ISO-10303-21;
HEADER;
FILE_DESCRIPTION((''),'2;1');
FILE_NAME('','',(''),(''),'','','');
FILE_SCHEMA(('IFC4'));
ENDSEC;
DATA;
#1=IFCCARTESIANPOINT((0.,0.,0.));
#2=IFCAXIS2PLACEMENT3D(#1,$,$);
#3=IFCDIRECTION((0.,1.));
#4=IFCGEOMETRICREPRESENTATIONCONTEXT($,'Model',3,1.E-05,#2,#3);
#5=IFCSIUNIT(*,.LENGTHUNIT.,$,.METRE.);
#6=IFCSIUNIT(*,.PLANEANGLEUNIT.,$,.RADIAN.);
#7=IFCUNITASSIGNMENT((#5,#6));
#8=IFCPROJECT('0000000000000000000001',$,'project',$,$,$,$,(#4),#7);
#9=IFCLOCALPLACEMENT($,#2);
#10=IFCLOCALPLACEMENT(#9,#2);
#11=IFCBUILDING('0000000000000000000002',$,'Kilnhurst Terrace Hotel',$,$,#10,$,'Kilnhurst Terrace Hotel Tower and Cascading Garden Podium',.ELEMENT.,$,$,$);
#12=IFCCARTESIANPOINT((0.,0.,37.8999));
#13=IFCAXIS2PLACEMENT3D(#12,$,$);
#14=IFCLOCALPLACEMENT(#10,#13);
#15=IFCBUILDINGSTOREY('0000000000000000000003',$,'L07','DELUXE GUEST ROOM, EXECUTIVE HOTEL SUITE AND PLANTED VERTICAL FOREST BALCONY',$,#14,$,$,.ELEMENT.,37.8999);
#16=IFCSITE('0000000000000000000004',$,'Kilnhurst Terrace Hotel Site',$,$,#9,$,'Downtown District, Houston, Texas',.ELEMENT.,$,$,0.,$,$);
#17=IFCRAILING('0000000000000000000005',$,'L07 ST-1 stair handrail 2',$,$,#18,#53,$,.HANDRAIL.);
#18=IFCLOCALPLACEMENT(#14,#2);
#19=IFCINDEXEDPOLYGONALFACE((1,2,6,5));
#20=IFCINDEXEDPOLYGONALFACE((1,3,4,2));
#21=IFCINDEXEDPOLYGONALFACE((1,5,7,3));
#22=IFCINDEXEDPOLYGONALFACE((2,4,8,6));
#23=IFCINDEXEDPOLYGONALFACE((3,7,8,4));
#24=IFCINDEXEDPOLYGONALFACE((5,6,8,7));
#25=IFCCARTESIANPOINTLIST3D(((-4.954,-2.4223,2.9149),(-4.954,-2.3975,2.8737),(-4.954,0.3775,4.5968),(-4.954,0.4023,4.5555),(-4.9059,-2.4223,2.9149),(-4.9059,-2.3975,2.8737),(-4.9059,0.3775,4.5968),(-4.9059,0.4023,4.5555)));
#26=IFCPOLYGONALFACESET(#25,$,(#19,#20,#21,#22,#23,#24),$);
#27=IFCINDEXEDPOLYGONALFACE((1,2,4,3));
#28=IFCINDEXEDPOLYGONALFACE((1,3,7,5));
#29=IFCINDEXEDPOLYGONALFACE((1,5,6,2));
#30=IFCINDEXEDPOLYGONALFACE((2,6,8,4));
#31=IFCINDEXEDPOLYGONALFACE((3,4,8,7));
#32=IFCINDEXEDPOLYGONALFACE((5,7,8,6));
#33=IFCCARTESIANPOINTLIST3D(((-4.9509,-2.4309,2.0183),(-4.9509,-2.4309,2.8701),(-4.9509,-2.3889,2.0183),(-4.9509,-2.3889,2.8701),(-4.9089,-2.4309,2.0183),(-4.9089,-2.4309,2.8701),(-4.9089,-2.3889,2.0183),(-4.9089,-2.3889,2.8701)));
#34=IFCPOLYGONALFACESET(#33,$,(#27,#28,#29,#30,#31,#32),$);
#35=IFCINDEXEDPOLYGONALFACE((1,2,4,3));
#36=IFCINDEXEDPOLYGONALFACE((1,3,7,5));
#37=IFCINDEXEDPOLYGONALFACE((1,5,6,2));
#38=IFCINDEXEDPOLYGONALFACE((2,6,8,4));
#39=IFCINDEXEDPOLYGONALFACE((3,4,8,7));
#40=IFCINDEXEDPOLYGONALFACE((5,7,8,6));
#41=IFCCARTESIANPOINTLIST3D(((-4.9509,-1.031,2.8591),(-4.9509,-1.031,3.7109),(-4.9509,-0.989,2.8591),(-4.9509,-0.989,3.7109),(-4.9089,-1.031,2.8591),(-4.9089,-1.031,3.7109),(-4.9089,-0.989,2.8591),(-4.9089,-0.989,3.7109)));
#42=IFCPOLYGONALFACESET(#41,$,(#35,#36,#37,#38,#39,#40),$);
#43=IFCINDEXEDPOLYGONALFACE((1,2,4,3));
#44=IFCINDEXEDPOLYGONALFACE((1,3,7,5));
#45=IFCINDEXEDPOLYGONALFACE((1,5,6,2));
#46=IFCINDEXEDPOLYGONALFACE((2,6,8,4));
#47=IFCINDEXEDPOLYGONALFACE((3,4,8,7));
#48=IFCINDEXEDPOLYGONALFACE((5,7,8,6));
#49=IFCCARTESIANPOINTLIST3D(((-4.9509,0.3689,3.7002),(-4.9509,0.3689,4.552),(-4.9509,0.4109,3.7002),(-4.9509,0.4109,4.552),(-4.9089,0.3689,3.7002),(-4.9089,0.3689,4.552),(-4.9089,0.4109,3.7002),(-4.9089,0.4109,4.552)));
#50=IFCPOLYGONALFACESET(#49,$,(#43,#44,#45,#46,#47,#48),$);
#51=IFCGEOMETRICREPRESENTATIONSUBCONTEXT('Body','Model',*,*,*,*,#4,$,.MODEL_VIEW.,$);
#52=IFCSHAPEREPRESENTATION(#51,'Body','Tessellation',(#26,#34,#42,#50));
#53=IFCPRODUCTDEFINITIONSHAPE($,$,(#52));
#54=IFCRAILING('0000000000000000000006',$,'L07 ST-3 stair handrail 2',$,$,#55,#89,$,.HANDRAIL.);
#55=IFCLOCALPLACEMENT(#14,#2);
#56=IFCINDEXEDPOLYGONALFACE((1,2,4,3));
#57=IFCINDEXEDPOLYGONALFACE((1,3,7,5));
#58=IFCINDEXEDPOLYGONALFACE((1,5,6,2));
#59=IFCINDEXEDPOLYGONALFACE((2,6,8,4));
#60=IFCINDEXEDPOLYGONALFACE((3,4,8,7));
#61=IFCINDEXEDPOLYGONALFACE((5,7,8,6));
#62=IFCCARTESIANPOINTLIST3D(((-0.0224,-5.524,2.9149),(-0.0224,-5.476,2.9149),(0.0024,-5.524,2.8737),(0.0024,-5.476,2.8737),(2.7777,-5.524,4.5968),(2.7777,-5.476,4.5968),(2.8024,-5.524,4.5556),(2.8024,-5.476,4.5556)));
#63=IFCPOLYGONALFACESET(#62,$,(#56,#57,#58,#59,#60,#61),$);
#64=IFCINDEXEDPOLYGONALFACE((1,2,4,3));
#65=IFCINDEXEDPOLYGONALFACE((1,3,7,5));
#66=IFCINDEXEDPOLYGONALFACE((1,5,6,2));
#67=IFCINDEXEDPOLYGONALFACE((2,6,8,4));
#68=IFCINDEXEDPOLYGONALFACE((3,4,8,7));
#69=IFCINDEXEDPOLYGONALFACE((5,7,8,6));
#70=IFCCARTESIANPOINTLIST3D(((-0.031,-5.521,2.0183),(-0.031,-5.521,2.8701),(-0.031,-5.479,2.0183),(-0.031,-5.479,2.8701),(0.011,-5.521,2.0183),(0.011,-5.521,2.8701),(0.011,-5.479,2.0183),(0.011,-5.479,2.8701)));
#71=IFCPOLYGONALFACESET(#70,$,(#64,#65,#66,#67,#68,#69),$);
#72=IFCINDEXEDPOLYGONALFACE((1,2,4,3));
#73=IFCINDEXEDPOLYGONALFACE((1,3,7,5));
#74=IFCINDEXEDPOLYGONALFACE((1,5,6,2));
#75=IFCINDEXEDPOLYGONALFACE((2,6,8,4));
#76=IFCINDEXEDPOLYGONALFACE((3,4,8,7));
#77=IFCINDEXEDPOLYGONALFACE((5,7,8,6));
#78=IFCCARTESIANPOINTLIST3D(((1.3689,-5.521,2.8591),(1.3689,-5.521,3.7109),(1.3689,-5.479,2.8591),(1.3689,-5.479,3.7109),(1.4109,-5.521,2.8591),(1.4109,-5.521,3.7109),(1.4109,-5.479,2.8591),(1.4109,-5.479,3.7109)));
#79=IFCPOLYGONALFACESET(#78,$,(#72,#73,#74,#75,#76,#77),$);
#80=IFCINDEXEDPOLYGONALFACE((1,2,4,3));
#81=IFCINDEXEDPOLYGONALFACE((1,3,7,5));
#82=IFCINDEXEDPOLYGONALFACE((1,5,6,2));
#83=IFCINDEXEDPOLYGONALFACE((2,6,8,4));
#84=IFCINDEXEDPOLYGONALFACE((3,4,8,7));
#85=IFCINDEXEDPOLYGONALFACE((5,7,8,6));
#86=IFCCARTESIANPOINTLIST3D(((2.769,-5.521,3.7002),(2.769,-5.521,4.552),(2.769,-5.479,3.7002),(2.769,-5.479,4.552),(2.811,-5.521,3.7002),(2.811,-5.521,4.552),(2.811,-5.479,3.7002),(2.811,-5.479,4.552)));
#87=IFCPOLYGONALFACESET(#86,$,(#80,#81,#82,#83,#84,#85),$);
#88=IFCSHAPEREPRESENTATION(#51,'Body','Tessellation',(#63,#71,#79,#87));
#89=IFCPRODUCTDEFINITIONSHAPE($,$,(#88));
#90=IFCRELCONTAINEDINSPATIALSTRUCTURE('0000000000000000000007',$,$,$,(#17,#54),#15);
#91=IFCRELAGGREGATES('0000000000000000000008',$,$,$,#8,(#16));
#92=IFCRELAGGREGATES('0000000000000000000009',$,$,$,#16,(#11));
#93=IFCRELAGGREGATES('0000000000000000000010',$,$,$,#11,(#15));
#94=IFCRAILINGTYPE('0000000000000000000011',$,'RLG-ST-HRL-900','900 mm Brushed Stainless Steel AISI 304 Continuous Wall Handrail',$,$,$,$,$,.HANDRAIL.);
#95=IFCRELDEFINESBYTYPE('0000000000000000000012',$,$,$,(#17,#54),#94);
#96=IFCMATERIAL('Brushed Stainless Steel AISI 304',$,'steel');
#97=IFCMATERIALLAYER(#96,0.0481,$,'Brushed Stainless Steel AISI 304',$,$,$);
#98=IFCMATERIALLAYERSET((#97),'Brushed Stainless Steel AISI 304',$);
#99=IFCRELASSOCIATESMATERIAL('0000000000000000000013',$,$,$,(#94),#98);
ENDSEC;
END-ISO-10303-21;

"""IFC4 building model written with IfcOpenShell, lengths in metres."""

from ifc_helpers import new_model, si_unit, direction, frame, origin, origin_2d, place, context, subcontext, project, spatial, rectangle, extrude, material, layer, layer_set, type_object, element, save


model = new_model("IFC4")

# Units and contexts
model_context = context("Model", 3, precision=1e-05, world=origin(), true_north=direction((0.0, 1.0)))
body_context = subcontext(model_context, "Body", "Model", "MODEL_VIEW")
ifc_project = project(units=[si_unit("LENGTHUNIT", "METRE"), si_unit("PLANEANGLEUNIT", "RADIAN")], contexts=[model_context])

# Site, building, storey
site_placement = place(None, origin())
site = spatial("IfcSite", under=ifc_project, at=site_placement, Name="Kilnhurst Terrace Hotel Site", LongName="Downtown District, Houston, Texas", CompositionType="ELEMENT", RefElevation=0.0)
building_placement = place(site_placement, origin())
building = spatial("IfcBuilding", under=site, at=building_placement, Name="Kilnhurst Terrace Hotel", LongName="Kilnhurst Terrace Hotel Tower and Cascading Garden Podium", CompositionType="ELEMENT")
storey_placement = place(building_placement, frame((0.0, 0.0, 37.8999)))
storey = spatial("IfcBuildingStorey", under=building, at=storey_placement, Name="L07", Description="DELUXE GUEST ROOM, EXECUTIVE HOTEL SUITE AND PLANTED VERTICAL FOREST BALCONY", CompositionType="ELEMENT", Elevation=37.8999)

# Railings
ifc_material_1 = material(Name="Brushed Stainless Steel AISI 304", Category="steel")
ifc_layer_1 = layer(ifc_material_1, 0.0481, Name="Brushed Stainless Steel AISI 304")
ifc_layer_set_1 = layer_set([ifc_layer_1], Name="Brushed Stainless Steel AISI 304")
railing_type_1 = type_object("IfcRailingType", Name="RLG-ST-HRL-900", Description="900 mm Brushed Stainless Steel AISI 304 Continuous Wall Handrail", PredefinedType="HANDRAIL", material=ifc_layer_set_1)
railing_1_placement = place(storey_placement, frame((-4.9299, -2.4099, 2.0183)))
element("IfcRailing", 1, at=railing_1_placement, inside=storey, type_object=railing_type_1, Name="L07 ST-1 stair handrail 2", PredefinedType="HANDRAIL", context=body_context, shape_type="SweptSolid", body=[
    extrude(rectangle(XDim=0.0481, YDim=0.0481, at=origin_2d()), frame((0.0, 0.0, 0.876), z_axis=(0.0, 0.857222, 0.514946), x_axis=(-1.0, 0.0, 0.0)), (0.0, 0.0, 1.0), 3.2661),
    extrude(rectangle(XDim=0.042, YDim=0.042, at=origin_2d()), origin(), (0.0, 0.0, 1.0), 0.8518),
    extrude(rectangle(XDim=0.042, YDim=0.042, at=origin_2d()), frame((0.0, 1.3999, 0.8408)), (0.0, 0.0, 1.0), 0.8518),
    extrude(rectangle(XDim=0.042, YDim=0.042, at=origin_2d()), frame((0.0, 2.7998, 1.6819)), (0.0, 0.0, 1.0), 0.8518),
])
railing_2_placement = place(storey_placement, frame((-0.01, -5.5, 2.0183)))
element("IfcRailing", 2, at=railing_2_placement, inside=storey, type_object=railing_type_1, Name="L07 ST-3 stair handrail 2", PredefinedType="HANDRAIL", context=body_context, shape_type="SweptSolid", body=[
    extrude(rectangle(XDim=0.0481, YDim=0.0481, at=origin_2d()), frame((0.0, 0.0, 0.876), z_axis=(0.857242, 0.0, 0.514913), x_axis=(0.0, 1.0, 0.0)), (0.0, 0.0, 1.0), 3.2664),
    extrude(rectangle(XDim=0.042, YDim=0.042, at=origin_2d()), origin(), (0.0, 0.0, 1.0), 0.8518),
    extrude(rectangle(XDim=0.042, YDim=0.042, at=origin_2d()), frame((1.3999, 0.0, 0.8408)), (0.0, 0.0, 1.0), 0.8518),
    extrude(rectangle(XDim=0.042, YDim=0.042, at=origin_2d()), frame((2.8, 0.0, 1.6819)), (0.0, 0.0, 1.0), 0.8518),
])

save(model, "model.ifc")
